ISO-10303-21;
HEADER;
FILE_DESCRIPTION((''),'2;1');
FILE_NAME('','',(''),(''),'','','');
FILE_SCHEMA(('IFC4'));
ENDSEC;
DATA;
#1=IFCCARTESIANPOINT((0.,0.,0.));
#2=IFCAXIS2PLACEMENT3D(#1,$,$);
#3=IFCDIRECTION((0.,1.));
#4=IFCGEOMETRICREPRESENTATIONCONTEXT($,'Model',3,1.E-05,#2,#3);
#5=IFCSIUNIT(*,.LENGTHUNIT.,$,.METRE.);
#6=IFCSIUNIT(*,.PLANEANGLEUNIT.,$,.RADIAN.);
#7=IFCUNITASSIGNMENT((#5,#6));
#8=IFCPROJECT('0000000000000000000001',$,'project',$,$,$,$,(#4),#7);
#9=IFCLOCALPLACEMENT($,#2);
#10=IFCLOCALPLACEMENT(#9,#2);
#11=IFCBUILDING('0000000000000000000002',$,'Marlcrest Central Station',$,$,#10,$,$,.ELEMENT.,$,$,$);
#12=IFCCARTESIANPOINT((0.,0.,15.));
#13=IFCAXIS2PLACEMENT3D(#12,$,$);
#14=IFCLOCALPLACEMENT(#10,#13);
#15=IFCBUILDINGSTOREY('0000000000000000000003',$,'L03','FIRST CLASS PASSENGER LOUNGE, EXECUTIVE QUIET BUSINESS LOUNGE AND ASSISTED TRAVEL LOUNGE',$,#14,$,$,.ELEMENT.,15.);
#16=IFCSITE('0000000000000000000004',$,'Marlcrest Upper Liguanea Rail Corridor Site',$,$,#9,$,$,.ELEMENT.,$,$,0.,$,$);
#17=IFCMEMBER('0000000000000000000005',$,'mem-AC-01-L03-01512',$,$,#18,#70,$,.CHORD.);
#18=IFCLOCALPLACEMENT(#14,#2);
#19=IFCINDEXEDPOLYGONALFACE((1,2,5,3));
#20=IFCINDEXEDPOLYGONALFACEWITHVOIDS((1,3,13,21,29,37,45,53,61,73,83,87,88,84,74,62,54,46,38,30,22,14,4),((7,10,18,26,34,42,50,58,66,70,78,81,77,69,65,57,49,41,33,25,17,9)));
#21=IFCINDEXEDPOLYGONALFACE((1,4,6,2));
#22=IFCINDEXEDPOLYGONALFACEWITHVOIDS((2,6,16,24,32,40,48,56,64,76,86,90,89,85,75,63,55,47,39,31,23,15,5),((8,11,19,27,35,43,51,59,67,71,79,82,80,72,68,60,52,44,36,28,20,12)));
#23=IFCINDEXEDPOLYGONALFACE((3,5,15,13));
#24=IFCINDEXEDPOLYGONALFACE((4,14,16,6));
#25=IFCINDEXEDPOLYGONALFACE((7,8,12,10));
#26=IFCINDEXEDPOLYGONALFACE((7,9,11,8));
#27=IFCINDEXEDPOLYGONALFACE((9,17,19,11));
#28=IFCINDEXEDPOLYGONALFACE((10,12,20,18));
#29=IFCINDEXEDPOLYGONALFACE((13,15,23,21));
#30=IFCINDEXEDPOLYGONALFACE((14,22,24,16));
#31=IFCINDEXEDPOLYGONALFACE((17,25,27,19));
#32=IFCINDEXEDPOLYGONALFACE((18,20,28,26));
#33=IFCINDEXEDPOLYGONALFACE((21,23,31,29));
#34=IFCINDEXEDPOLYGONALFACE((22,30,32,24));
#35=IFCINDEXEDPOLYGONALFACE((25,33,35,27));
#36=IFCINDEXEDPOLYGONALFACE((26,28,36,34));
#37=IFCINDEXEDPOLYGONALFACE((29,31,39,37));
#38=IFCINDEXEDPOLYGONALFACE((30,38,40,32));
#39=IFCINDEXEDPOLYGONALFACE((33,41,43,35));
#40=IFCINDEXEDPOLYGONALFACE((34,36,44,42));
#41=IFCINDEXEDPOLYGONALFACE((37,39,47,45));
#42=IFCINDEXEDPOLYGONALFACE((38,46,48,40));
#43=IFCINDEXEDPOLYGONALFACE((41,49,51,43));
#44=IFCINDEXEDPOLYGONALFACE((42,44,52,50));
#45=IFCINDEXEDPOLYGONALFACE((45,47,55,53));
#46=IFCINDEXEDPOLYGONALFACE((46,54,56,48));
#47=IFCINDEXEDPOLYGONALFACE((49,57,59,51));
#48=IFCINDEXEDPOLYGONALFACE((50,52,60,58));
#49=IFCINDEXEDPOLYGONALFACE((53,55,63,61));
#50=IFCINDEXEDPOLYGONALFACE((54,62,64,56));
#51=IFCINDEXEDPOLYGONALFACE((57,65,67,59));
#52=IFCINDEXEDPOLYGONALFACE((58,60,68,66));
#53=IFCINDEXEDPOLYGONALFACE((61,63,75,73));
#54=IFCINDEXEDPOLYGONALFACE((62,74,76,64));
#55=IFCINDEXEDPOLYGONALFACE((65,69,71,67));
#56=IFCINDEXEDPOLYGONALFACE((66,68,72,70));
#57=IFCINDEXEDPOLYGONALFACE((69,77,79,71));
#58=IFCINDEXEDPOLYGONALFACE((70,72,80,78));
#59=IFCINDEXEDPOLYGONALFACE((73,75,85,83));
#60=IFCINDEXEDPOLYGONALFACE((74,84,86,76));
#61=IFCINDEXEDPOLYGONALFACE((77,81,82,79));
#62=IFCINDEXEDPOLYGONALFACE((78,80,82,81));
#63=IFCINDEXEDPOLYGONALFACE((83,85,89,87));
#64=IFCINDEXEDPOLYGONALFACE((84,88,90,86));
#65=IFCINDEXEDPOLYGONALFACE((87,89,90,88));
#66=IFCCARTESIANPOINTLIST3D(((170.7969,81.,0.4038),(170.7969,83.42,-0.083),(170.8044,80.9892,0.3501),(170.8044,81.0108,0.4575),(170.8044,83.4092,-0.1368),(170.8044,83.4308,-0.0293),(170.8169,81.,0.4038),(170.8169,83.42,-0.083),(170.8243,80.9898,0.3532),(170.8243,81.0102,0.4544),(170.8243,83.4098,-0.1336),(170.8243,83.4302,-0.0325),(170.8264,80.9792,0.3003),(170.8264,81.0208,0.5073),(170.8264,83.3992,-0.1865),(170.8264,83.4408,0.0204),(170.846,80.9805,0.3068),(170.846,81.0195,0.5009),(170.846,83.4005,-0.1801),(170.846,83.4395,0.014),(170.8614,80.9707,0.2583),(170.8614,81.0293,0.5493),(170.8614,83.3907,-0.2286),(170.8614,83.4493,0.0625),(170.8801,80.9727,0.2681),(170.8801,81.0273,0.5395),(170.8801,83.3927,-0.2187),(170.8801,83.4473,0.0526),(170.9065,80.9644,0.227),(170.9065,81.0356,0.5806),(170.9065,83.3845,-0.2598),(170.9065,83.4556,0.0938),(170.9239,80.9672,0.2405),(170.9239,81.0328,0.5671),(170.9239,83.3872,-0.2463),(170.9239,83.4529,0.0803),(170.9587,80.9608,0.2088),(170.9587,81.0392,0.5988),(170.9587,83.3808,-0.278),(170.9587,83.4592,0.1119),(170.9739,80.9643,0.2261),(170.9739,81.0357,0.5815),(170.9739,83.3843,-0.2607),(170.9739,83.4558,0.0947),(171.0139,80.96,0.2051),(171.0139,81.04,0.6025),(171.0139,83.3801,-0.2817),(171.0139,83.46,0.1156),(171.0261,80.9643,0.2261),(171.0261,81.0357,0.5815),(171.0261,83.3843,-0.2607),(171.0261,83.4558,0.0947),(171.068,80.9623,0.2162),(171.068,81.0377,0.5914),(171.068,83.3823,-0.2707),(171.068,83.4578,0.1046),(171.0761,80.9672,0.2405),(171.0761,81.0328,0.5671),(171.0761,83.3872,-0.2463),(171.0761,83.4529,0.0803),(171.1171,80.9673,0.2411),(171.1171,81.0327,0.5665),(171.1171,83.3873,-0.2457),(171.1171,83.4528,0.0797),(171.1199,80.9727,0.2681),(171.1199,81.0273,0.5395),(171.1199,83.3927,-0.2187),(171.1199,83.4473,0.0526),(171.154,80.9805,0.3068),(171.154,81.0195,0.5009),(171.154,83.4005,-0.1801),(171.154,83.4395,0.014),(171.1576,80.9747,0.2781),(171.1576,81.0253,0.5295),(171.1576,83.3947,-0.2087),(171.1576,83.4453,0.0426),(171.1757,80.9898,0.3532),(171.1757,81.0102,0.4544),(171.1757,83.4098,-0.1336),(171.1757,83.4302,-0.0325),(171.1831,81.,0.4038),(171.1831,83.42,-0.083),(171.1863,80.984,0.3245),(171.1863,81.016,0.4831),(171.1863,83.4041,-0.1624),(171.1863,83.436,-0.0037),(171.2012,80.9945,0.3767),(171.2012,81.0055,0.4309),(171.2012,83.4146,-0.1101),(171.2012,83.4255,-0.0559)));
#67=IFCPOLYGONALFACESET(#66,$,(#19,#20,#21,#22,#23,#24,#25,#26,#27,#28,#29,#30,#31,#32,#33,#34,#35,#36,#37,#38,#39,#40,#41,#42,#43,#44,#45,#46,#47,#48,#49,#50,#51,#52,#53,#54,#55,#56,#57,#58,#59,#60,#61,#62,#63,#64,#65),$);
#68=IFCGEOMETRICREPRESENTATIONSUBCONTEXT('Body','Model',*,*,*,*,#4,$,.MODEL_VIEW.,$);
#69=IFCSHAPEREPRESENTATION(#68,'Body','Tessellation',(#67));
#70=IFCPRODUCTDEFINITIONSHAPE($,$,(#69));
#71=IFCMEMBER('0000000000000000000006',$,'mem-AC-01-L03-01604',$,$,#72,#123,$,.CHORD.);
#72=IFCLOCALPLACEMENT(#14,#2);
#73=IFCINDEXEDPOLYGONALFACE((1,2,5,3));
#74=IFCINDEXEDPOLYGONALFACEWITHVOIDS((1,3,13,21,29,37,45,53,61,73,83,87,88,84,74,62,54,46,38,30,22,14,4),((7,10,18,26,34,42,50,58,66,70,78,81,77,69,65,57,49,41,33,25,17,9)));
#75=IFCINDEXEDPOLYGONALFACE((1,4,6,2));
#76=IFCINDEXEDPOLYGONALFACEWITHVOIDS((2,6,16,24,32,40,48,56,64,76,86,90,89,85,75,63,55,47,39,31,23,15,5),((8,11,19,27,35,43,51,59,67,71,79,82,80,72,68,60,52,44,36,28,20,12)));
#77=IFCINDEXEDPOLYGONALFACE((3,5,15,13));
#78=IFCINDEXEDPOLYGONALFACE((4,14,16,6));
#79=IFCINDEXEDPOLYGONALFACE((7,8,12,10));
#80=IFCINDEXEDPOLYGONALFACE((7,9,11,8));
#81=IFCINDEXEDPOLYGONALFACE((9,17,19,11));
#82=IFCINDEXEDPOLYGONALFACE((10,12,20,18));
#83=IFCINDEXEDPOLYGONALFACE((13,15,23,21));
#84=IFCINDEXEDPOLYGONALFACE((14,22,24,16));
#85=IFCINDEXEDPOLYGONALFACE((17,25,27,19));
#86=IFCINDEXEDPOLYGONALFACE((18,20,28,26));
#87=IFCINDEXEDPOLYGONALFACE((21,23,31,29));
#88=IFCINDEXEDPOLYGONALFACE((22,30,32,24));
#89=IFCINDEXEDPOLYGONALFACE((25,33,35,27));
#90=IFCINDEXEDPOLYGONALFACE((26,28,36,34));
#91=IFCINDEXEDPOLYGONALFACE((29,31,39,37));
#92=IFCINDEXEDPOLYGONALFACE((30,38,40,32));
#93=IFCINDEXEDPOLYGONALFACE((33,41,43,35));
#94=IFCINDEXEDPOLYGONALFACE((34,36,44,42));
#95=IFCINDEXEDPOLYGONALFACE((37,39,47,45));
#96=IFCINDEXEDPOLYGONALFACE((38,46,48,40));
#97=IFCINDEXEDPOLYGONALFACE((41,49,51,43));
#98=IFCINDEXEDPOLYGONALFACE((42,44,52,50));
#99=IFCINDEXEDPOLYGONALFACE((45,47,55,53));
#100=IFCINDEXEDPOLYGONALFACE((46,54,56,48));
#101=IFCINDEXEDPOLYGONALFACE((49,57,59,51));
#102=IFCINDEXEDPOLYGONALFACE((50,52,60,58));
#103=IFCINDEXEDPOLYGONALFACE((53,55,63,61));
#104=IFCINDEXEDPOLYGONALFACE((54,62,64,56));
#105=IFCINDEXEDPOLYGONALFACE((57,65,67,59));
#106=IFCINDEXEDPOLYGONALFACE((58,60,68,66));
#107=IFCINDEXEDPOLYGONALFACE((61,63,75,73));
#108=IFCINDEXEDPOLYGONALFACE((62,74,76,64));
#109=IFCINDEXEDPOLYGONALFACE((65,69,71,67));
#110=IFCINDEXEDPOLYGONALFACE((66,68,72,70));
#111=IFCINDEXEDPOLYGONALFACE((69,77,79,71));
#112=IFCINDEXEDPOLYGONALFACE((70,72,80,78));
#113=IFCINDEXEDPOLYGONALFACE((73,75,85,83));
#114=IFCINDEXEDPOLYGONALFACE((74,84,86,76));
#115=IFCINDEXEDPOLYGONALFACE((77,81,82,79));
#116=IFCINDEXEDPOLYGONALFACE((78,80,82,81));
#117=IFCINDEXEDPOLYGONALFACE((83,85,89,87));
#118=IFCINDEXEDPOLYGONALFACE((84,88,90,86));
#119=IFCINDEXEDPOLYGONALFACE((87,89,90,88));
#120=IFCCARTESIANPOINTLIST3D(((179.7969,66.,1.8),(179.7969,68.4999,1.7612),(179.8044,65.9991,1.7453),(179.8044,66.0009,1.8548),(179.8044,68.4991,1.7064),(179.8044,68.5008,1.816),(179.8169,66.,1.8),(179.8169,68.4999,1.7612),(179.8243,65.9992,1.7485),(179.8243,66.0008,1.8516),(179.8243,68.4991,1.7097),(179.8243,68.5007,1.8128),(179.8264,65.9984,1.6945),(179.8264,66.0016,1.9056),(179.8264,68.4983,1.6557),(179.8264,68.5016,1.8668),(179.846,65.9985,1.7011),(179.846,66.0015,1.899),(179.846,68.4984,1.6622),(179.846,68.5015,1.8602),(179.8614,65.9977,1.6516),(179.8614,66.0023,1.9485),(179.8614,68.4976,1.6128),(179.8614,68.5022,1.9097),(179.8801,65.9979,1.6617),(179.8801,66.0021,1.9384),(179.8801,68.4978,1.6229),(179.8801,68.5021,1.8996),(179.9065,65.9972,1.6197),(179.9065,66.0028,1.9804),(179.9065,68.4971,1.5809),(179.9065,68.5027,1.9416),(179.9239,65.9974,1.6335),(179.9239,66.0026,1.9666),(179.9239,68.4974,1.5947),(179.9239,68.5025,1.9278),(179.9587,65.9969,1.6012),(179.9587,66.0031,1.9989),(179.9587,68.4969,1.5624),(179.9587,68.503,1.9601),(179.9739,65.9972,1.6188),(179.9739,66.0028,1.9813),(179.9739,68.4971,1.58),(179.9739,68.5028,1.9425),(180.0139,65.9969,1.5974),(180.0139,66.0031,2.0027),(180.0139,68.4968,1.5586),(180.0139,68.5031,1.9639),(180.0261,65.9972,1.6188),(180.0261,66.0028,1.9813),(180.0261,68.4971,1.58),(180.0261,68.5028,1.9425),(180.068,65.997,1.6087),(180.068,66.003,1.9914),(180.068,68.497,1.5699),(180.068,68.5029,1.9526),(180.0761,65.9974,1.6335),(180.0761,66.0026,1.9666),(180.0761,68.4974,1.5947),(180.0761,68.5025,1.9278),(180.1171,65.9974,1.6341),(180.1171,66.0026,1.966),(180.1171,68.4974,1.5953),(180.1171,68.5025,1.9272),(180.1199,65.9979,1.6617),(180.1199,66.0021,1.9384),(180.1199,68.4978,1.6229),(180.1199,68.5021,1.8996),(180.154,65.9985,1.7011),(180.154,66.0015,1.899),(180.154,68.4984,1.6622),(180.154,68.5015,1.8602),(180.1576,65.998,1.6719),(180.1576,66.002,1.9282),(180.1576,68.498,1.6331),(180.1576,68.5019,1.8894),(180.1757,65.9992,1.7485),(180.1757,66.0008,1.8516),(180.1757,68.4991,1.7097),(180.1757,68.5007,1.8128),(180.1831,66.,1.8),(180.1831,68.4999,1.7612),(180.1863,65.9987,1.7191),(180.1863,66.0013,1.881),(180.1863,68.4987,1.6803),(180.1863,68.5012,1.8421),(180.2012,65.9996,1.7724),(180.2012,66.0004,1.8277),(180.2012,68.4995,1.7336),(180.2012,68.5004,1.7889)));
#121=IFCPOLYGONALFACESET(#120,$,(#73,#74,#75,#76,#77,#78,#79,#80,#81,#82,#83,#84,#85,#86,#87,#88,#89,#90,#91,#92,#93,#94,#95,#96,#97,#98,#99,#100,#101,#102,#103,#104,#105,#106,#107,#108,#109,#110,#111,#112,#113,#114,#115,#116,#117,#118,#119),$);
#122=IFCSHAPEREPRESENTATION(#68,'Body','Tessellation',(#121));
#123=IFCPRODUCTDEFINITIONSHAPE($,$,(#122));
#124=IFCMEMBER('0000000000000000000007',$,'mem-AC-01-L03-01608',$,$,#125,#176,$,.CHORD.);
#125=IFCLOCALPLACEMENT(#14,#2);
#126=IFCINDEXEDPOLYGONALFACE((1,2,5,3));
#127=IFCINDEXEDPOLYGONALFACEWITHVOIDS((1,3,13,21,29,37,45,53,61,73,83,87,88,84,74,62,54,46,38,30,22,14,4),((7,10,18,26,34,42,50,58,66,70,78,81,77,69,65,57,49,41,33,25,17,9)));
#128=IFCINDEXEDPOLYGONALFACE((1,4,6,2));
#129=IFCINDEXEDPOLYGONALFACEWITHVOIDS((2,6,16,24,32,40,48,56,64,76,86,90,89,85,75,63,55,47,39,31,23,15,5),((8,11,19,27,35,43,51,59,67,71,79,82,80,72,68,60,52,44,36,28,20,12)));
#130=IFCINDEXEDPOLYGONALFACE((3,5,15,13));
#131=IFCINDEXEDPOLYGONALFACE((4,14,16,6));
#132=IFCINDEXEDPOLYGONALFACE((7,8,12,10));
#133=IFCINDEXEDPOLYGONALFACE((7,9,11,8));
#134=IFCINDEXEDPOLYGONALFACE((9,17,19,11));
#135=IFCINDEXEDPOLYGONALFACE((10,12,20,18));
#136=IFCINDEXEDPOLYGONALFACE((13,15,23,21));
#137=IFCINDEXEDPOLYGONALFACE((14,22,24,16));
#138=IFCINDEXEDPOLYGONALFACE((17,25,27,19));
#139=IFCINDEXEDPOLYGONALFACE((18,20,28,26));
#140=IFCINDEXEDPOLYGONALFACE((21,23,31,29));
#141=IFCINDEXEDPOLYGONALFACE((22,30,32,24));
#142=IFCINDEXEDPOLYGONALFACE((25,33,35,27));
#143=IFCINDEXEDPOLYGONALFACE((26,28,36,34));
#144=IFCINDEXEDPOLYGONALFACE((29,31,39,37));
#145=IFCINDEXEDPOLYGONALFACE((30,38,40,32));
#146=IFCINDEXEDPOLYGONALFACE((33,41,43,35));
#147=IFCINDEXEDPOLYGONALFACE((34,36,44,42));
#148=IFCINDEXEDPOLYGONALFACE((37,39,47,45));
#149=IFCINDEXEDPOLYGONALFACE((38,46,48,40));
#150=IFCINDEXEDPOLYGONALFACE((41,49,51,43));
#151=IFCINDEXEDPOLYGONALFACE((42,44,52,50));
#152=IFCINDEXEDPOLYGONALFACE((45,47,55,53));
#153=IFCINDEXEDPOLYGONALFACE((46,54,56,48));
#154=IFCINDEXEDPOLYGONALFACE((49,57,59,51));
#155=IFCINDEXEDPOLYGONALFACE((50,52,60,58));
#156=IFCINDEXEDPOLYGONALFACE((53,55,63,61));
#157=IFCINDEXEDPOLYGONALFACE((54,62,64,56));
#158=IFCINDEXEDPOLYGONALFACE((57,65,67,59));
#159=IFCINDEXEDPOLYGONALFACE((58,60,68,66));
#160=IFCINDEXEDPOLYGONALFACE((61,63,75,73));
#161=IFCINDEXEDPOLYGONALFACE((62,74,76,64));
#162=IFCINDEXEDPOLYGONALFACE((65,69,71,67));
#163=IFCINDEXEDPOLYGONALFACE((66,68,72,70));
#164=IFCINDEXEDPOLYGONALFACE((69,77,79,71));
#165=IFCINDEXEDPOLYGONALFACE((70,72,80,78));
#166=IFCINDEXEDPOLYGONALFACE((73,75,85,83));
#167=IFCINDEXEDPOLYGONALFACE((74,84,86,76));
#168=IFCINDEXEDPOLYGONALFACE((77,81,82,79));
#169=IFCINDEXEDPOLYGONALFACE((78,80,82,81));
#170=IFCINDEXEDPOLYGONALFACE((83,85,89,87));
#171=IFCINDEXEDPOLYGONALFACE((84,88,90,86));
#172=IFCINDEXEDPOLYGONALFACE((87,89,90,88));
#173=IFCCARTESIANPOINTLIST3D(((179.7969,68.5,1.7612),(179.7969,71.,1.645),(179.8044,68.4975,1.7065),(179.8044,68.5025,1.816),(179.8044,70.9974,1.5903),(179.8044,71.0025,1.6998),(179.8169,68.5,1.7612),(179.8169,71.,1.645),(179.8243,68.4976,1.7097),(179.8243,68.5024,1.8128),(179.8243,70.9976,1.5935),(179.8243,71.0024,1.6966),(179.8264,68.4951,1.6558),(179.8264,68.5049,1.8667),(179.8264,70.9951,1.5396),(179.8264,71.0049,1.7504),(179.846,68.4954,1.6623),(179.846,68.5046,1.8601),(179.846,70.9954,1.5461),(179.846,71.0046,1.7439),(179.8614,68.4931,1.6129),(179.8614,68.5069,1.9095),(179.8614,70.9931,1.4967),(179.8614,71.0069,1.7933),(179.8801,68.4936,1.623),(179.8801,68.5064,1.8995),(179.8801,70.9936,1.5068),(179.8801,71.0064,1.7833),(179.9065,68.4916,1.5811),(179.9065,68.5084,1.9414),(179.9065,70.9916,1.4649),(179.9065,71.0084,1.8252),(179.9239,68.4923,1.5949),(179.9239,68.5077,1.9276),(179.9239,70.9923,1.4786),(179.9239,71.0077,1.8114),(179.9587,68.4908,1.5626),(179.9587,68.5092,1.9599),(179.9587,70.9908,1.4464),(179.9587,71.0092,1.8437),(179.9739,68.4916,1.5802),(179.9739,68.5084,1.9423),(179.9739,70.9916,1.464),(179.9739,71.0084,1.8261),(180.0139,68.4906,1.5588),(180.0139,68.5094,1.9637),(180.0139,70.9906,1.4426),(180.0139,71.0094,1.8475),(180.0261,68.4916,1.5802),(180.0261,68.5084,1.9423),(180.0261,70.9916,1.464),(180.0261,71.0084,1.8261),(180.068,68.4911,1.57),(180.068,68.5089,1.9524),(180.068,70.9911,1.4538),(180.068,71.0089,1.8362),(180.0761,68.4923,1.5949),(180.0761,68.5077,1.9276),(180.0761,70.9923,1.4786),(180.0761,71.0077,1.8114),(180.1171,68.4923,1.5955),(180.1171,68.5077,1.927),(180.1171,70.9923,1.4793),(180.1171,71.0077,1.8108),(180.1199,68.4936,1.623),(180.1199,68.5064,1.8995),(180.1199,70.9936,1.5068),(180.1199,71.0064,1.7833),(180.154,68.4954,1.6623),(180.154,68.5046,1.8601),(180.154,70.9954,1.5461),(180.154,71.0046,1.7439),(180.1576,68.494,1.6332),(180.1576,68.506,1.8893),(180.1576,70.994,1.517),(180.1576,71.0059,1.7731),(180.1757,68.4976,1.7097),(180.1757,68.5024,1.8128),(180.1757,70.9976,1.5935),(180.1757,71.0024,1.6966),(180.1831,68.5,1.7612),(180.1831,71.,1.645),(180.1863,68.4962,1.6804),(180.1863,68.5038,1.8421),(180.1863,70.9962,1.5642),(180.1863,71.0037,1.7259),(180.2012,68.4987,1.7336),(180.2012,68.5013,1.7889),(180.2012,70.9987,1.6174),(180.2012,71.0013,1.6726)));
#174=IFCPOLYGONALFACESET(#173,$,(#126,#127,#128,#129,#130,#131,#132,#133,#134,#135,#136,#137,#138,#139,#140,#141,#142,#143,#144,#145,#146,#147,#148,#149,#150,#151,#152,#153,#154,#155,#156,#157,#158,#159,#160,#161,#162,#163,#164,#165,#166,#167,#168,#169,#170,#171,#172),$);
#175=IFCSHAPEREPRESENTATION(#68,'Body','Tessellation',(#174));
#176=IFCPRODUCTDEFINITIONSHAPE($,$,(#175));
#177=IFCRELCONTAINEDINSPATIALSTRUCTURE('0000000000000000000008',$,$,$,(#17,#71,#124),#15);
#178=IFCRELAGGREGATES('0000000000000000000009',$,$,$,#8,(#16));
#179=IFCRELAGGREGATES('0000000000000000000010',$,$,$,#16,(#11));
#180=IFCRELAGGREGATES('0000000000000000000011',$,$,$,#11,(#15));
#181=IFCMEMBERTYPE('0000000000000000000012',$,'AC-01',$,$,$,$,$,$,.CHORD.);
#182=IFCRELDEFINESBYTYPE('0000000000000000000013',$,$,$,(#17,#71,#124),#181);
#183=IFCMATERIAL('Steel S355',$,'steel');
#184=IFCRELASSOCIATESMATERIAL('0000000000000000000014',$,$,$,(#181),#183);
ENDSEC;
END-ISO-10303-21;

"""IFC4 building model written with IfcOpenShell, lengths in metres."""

from ifc_helpers import new_model, si_unit, direction, frame, origin, origin_2d, place, context, subcontext, project, spatial, hollow_circle, extrude, material, material_profile, profile_set, type_object, element, save


model = new_model("IFC4")

# Units and contexts
model_context = context("Model", 3, precision=1e-05, world=origin(), true_north=direction((0.0, 1.0)))
body_context = subcontext(model_context, "Body", "Model", "MODEL_VIEW")
ifc_project = project(units=[si_unit("LENGTHUNIT", "METRE"), si_unit("PLANEANGLEUNIT", "RADIAN")], contexts=[model_context])

# Site, building, storey
site_placement = place(None, origin())
site = spatial("IfcSite", under=ifc_project, at=site_placement, Name="Marlcrest Upper Liguanea Rail Corridor Site", CompositionType="ELEMENT", RefElevation=0.0)
building_placement = place(site_placement, origin())
building = spatial("IfcBuilding", under=site, at=building_placement, Name="Marlcrest Central Station", CompositionType="ELEMENT")
storey_placement = place(building_placement, frame((0.0, 0.0, 15.0)))
storey = spatial("IfcBuildingStorey", under=building, at=storey_placement, Name="L03", Description="FIRST CLASS PASSENGER LOUNGE, EXECUTIVE QUIET BUSINESS LOUNGE AND ASSISTED TRAVEL LOUNGE", CompositionType="ELEMENT", Elevation=15.0)

# Members
ifc_material_1 = material(Name="Steel S355", Category="steel")
ifc_material_profile_1 = material_profile(ifc_material_1, hollow_circle(Radius=0.2031, WallThickness=0.02, at=origin_2d()), Name="CHS 406.4x20")
ifc_profile_set_1 = profile_set([ifc_material_profile_1], Name="Steel S355")
member_type_1 = type_object("IfcMemberType", Name="AC-01", PredefinedType="CHORD", material=ifc_profile_set_1)
member_1_placement = place(storey_placement, frame((171.0, 81.0, 0.4038), z_axis=(0.0, 0.980359, -0.197219), x_axis=(-1.0, 0.0, 0.0)))
element("IfcMember", 1, at=member_1_placement, inside=storey, type_object=member_type_1, Name="mem-AC-01-L03-01512", PredefinedType="CHORD", context=body_context, shape_type="SweptSolid", body=[
    extrude(hollow_circle(Radius=0.2031, WallThickness=0.02, at=origin_2d()), origin(), (0.0, 0.0, 1.0), 2.4685),
])
member_2_placement = place(storey_placement, frame((180.0, 66.0, 1.8), z_axis=(0.0, 0.999879, -0.015525), x_axis=(-1.0, 0.0, 0.0)))
element("IfcMember", 2, at=member_2_placement, inside=storey, type_object=member_type_1, Name="mem-AC-01-L03-01604", PredefinedType="CHORD", context=body_context, shape_type="SweptSolid", body=[
    extrude(hollow_circle(Radius=0.2031, WallThickness=0.02, at=origin_2d()), origin(), (0.0, 0.0, 1.0), 2.5002),
])
member_3_placement = place(storey_placement, frame((180.0, 68.5, 1.7612), z_axis=(0.0, 0.998921, -0.046434), x_axis=(-1.0, 0.0, 0.0)))
element("IfcMember", 3, at=member_3_placement, inside=storey, type_object=member_type_1, Name="mem-AC-01-L03-01608", PredefinedType="CHORD", context=body_context, shape_type="SweptSolid", body=[
    extrude(hollow_circle(Radius=0.2031, WallThickness=0.02, at=origin_2d()), origin(), (0.0, 0.0, 1.0), 2.5027),
])

save(model, "model.ifc")
